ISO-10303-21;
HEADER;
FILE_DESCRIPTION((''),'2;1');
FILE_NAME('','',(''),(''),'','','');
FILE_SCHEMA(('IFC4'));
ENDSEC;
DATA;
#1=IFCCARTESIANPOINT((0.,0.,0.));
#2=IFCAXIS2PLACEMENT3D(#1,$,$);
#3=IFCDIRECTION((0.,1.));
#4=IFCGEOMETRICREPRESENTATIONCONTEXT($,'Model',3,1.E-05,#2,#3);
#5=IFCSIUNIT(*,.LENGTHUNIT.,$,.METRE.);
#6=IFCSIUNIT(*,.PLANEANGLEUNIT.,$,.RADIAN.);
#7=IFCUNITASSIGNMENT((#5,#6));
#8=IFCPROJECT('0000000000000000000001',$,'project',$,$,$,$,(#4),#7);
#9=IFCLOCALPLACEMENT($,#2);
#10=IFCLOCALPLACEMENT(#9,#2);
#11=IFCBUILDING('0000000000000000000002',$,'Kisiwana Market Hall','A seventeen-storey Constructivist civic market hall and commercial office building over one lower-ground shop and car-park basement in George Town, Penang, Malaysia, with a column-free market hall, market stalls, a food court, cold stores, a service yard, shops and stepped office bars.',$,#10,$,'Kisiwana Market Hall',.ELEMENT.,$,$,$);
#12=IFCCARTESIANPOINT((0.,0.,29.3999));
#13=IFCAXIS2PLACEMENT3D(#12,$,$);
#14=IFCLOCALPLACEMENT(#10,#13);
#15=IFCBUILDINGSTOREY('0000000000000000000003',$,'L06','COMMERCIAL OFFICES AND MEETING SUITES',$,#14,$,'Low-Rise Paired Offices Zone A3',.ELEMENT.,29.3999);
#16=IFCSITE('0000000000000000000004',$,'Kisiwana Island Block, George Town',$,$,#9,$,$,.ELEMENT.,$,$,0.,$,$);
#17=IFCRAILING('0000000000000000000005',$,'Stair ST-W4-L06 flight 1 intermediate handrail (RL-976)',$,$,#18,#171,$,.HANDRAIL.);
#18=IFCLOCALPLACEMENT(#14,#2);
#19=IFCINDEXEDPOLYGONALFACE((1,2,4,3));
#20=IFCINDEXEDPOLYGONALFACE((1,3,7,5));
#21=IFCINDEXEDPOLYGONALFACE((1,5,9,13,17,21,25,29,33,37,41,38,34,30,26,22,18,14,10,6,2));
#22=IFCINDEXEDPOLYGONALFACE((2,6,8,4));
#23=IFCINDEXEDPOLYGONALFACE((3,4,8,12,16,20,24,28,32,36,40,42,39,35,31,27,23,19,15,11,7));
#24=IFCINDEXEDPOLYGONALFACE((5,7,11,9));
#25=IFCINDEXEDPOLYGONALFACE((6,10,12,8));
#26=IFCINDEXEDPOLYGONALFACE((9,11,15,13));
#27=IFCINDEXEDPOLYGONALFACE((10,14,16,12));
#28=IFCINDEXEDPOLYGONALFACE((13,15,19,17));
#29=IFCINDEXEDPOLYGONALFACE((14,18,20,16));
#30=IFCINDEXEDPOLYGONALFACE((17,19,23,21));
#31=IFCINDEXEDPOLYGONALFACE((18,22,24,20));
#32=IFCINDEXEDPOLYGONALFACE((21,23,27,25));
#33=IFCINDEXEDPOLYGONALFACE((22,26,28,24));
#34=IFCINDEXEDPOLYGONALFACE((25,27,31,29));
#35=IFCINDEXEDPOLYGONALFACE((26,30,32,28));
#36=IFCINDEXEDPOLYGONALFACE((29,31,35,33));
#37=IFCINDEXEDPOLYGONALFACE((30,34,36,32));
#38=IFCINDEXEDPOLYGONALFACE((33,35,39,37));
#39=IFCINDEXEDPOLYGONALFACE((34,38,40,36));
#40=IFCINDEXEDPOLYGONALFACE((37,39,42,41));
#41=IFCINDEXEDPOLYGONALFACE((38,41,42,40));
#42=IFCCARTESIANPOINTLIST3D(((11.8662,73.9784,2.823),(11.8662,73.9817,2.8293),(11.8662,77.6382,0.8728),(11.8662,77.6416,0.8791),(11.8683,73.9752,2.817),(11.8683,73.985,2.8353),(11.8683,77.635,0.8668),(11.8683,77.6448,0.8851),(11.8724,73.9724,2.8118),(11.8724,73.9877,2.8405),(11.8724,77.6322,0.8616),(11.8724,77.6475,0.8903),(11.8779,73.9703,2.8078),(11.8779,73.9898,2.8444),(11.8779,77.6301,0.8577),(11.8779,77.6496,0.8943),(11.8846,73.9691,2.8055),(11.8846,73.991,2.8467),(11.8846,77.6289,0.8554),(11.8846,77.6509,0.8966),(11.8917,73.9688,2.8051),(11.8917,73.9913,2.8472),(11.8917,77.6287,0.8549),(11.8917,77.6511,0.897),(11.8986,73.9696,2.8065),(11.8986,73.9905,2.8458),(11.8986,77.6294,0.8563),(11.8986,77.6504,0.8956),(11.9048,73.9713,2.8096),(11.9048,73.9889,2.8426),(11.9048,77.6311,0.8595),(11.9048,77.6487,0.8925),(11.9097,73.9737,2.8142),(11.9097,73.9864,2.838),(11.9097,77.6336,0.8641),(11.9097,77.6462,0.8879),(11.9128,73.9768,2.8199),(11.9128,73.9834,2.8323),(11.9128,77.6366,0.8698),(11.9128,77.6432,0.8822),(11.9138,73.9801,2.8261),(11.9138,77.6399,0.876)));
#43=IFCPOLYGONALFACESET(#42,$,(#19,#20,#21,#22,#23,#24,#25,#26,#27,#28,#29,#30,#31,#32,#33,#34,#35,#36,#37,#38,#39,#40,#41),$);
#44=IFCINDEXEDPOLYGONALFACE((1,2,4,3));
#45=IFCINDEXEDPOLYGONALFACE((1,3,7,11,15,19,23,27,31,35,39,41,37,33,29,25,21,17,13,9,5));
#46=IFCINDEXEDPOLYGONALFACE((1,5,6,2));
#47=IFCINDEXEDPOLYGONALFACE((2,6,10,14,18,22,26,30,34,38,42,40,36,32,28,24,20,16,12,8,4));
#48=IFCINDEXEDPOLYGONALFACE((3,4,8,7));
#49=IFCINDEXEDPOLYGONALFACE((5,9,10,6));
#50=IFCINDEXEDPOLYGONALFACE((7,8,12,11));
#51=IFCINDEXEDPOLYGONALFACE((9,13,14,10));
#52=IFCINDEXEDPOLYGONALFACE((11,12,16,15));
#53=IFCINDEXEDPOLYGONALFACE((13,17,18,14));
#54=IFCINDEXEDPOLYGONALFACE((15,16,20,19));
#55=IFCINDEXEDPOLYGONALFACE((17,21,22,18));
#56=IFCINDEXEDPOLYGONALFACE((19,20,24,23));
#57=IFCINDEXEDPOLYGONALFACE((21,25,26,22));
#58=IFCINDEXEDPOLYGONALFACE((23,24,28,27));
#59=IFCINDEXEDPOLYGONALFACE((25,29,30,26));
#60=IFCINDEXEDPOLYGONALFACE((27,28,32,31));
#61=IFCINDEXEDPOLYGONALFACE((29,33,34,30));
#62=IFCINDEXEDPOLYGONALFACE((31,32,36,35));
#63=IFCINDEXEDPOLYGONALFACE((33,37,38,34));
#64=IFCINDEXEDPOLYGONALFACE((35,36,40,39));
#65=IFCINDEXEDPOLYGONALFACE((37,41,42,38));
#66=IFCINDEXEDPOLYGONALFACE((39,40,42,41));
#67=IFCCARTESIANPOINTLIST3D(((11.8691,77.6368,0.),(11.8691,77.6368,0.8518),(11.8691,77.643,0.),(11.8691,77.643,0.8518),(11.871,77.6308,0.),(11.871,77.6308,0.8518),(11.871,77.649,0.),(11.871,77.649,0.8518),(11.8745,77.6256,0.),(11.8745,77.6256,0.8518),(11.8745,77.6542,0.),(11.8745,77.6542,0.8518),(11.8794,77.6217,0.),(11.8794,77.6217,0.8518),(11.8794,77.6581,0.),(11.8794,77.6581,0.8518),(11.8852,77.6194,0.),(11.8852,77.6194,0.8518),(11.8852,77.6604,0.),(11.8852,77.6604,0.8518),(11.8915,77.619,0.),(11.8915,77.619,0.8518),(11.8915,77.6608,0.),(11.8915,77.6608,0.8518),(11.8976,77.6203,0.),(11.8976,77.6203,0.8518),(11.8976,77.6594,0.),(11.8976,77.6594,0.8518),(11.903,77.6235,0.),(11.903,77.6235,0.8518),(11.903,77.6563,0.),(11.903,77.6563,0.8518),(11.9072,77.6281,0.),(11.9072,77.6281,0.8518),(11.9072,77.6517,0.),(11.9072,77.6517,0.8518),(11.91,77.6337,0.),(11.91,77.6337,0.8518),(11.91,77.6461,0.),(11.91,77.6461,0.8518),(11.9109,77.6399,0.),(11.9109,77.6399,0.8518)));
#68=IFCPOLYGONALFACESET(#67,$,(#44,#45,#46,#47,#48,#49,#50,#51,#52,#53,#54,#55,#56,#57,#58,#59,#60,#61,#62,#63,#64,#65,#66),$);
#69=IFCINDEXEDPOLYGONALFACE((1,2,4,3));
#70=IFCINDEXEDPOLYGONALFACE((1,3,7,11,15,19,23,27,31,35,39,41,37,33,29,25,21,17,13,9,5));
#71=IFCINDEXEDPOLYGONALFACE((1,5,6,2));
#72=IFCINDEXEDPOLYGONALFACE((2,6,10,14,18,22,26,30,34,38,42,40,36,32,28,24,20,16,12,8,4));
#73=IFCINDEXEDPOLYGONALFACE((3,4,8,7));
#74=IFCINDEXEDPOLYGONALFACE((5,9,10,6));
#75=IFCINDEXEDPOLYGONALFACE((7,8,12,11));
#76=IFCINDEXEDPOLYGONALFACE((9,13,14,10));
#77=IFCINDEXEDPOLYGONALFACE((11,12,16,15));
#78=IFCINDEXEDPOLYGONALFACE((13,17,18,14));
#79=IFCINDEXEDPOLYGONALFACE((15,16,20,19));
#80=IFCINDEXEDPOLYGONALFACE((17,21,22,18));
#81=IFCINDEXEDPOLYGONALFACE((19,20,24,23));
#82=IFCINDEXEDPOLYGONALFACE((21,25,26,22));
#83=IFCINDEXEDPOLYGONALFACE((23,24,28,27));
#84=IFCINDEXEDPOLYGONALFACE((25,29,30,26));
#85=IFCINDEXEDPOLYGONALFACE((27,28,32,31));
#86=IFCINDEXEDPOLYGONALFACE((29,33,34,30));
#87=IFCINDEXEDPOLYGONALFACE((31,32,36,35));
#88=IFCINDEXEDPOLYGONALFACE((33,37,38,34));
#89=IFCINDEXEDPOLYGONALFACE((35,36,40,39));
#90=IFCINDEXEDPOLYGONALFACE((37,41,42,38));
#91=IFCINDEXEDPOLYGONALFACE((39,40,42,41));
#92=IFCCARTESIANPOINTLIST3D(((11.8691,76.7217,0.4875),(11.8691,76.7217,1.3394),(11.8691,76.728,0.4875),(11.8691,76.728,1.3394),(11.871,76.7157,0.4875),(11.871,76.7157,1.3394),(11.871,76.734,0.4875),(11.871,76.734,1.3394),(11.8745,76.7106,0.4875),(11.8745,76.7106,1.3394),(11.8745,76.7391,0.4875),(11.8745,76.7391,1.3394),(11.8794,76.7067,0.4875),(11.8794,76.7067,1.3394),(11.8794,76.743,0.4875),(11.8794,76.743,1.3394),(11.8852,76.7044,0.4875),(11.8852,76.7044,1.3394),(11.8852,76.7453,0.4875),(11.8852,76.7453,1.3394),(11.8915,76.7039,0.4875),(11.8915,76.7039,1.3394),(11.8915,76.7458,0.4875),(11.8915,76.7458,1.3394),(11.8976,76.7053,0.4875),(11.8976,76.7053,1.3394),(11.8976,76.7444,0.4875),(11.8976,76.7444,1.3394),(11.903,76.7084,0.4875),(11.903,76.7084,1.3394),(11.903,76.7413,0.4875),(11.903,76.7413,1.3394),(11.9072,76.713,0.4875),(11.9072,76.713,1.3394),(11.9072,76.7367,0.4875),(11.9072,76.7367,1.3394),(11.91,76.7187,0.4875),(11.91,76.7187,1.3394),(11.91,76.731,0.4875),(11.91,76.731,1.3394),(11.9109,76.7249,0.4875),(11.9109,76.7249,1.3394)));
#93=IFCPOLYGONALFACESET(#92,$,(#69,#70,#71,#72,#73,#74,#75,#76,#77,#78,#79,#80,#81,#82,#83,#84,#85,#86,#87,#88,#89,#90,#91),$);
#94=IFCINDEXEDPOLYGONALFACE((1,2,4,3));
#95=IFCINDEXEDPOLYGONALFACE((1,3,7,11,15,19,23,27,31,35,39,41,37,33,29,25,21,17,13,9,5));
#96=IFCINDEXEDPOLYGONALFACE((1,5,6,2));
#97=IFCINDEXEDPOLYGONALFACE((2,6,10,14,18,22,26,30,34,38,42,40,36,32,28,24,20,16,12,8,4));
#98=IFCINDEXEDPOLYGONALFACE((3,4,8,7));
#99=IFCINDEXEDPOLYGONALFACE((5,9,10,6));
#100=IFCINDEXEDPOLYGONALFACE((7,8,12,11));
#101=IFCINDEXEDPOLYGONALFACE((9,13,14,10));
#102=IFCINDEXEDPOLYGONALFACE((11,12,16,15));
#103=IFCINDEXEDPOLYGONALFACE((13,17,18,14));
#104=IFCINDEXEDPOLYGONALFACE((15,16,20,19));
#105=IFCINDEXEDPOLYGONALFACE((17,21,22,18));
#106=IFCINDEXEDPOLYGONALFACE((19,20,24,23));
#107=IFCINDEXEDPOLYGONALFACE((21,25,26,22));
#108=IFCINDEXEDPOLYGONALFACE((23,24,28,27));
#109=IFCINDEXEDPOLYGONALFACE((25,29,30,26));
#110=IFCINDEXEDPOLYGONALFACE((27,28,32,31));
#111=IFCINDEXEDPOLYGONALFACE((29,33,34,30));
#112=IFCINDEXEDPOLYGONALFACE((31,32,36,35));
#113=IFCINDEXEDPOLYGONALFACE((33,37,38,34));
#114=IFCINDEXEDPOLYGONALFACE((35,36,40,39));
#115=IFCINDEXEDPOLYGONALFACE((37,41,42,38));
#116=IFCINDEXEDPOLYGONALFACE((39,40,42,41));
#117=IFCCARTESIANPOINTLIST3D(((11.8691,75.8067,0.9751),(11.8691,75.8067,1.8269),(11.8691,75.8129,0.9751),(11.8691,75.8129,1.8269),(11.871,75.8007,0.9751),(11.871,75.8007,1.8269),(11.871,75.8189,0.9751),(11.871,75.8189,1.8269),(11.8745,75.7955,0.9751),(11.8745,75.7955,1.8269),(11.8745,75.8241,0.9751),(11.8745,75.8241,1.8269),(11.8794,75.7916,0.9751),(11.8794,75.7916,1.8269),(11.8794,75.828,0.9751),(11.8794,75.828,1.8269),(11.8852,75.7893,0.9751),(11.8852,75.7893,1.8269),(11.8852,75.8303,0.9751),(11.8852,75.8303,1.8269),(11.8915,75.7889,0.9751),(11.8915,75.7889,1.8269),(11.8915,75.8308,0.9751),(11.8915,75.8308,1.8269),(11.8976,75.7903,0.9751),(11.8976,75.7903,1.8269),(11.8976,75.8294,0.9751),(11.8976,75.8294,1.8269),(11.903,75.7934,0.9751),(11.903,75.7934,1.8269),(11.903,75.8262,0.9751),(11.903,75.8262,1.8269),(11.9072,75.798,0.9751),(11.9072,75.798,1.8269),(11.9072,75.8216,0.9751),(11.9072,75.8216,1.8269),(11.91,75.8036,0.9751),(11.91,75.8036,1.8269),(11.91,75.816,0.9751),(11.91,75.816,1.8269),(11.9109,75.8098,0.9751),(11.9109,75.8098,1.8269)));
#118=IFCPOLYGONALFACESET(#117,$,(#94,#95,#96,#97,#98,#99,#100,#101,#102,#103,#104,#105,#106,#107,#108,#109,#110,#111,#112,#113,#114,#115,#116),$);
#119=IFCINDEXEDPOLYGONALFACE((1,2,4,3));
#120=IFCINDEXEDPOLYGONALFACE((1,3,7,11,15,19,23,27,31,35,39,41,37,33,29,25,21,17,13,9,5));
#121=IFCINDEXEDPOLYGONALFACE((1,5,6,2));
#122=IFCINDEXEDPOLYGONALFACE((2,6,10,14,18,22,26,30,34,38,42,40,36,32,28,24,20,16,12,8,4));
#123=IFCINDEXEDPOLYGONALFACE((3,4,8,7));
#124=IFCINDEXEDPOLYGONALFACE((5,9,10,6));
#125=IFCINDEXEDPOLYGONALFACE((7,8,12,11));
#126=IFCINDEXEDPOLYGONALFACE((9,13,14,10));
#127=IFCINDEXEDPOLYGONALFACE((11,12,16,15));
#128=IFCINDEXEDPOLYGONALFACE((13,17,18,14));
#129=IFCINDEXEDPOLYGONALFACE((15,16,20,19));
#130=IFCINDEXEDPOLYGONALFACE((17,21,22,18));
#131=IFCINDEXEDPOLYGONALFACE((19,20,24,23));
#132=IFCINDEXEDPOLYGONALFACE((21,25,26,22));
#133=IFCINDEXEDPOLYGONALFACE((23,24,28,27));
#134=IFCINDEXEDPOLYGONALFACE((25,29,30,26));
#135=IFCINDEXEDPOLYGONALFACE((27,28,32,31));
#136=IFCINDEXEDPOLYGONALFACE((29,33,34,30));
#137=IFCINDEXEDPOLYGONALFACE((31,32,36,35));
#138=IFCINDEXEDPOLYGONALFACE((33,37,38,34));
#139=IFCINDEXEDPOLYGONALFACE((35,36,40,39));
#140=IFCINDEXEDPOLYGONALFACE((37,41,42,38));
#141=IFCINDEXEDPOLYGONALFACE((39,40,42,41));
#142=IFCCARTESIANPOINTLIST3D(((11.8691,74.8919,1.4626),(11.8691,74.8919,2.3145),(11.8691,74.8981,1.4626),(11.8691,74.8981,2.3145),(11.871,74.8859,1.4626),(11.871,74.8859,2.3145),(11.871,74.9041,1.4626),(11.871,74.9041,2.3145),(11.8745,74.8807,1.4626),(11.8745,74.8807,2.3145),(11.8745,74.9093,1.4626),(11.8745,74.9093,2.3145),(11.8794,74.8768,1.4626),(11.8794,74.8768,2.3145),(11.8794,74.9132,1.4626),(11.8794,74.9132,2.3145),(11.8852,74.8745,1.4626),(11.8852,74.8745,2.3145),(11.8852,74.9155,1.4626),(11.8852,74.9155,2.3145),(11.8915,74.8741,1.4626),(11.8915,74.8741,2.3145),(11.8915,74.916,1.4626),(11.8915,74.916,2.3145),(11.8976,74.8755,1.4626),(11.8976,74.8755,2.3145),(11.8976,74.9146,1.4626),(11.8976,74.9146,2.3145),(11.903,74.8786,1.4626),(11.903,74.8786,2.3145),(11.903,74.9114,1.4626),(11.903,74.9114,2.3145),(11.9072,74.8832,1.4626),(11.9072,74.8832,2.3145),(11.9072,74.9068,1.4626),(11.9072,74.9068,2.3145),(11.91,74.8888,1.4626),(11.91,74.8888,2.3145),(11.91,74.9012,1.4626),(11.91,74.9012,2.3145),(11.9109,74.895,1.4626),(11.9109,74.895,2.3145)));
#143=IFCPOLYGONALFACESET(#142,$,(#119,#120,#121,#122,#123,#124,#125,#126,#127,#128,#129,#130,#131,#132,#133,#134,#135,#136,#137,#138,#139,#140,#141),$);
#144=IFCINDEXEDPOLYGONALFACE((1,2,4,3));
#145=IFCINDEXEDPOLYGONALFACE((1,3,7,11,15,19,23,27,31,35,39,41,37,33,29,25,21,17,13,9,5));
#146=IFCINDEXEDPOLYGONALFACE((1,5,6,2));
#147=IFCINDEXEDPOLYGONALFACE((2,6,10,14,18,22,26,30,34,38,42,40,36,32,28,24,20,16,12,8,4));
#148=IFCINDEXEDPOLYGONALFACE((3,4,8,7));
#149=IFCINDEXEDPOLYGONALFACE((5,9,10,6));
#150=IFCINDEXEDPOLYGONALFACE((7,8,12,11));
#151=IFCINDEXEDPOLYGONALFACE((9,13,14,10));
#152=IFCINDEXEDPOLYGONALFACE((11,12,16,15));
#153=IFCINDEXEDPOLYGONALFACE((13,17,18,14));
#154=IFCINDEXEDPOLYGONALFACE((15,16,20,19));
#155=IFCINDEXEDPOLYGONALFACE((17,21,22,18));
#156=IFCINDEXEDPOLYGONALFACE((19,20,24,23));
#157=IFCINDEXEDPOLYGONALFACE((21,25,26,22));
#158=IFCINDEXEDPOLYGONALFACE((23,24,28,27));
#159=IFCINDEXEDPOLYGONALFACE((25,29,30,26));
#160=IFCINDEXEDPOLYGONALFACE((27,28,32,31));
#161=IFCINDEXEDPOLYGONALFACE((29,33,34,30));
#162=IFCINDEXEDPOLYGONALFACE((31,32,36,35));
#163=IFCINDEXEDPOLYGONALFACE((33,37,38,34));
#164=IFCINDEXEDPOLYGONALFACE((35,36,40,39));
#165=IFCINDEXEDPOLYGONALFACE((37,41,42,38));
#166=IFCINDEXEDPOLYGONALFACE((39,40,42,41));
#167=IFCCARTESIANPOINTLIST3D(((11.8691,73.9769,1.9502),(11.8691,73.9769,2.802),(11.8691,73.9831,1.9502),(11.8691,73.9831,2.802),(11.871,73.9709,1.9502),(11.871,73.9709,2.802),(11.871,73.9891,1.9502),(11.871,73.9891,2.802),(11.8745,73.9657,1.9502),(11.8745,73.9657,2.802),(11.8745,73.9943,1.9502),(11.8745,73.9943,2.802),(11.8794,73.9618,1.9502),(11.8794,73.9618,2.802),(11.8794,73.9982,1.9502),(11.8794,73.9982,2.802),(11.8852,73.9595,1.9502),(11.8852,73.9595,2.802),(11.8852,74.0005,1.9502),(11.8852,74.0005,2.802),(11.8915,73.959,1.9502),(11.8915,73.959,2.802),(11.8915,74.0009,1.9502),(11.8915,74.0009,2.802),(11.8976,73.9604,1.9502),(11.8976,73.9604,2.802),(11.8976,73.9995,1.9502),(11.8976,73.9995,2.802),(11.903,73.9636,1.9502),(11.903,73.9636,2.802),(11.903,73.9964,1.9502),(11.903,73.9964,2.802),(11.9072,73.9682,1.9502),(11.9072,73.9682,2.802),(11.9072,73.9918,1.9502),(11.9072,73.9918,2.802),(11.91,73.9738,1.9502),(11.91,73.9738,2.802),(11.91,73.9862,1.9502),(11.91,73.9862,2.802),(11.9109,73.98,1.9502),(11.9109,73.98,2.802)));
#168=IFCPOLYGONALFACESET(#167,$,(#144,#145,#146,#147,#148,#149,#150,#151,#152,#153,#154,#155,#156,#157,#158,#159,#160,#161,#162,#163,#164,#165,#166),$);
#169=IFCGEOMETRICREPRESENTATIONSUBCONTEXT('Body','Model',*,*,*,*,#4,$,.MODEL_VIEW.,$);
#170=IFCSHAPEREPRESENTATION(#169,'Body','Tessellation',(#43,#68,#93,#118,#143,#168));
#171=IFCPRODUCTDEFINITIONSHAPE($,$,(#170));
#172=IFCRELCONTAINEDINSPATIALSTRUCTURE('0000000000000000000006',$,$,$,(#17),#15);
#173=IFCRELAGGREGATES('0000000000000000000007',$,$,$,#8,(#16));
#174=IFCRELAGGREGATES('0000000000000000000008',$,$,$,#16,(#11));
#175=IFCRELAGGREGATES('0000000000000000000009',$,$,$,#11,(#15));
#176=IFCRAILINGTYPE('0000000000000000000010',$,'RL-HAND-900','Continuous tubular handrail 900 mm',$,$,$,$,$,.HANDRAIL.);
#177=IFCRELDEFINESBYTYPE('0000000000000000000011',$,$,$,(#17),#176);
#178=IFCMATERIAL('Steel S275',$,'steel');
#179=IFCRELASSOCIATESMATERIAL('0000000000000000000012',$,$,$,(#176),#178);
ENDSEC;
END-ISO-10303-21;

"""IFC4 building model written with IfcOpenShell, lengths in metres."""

from ifc_helpers import new_model, si_unit, direction, frame, origin, origin_2d, place, context, subcontext, project, spatial, circle, extrude, material, type_object, element, save


model = new_model("IFC4")

# Units and contexts
model_context = context("Model", 3, precision=1e-05, world=origin(), true_north=direction((0.0, 1.0)))
body_context = subcontext(model_context, "Body", "Model", "MODEL_VIEW")
ifc_project = project(units=[si_unit("LENGTHUNIT", "METRE"), si_unit("PLANEANGLEUNIT", "RADIAN")], contexts=[model_context])

# Site, building, storey
site_placement = place(None, origin())
site = spatial("IfcSite", under=ifc_project, at=site_placement, Name="Kisiwana Island Block, George Town", CompositionType="ELEMENT", RefElevation=0.0)
building_placement = place(site_placement, origin())
building = spatial("IfcBuilding", under=site, at=building_placement, Name="Kisiwana Market Hall", Description="A seventeen-storey Constructivist civic market hall and commercial office building over one lower-ground shop and car-park basement in George Town, Penang, Malaysia, with a column-free market hall, market stalls, a food court, cold stores, a service yard, shops and stepped office bars.", LongName="Kisiwana Market Hall", CompositionType="ELEMENT")
storey_placement = place(building_placement, frame((0.0, 0.0, 29.3999)))
storey = spatial("IfcBuildingStorey", under=building, at=storey_placement, Name="L06", Description="COMMERCIAL OFFICES AND MEETING SUITES", LongName="Low-Rise Paired Offices Zone A3", CompositionType="ELEMENT", Elevation=29.3999)

# Railing
ifc_material_1 = material(Name="Steel S275", Category="steel")
railing_type_1 = type_object("IfcRailingType", Name="RL-HAND-900", Description="Continuous tubular handrail 900 mm", PredefinedType="HANDRAIL", material=ifc_material_1)
for number, where, name in (
    (1, (11.8899, 77.6399, 0.0), "Stair ST-W4-L06 flight 1 intermediate handrail (RL-976)"),
):
    element("IfcRailing", number, at=place(storey_placement, frame(where)), inside=storey, type_object=railing_type_1, Name=name, PredefinedType="HANDRAIL", context=body_context, shape_type="SweptSolid", body=[
        extrude(circle(Radius=0.0239, at=origin_2d()), frame((0.0, 0.0, 0.876), z_axis=(0.0, -0.882529, 0.470258), x_axis=(1.0, 0.0, 0.0)), (0.0, 0.0, 1.0), 4.147),
        extrude(circle(Radius=0.021, at=origin_2d()), origin(), (0.0, 0.0, 1.0), 0.8518),
        extrude(circle(Radius=0.021, at=origin_2d()), frame((0.0, -0.915, 0.4875)), (0.0, 0.0, 1.0), 0.8518),
        extrude(circle(Radius=0.021, at=origin_2d()), frame((0.0, -1.8301, 0.9751)), (0.0, 0.0, 1.0), 0.8518),
        extrude(circle(Radius=0.021, at=origin_2d()), frame((0.0, -2.7449, 1.4626)), (0.0, 0.0, 1.0), 0.8518),
        extrude(circle(Radius=0.021, at=origin_2d()), frame((0.0, -3.6599, 1.9502)), (0.0, 0.0, 1.0), 0.8518),
    ])

save(model, "model.ifc")
